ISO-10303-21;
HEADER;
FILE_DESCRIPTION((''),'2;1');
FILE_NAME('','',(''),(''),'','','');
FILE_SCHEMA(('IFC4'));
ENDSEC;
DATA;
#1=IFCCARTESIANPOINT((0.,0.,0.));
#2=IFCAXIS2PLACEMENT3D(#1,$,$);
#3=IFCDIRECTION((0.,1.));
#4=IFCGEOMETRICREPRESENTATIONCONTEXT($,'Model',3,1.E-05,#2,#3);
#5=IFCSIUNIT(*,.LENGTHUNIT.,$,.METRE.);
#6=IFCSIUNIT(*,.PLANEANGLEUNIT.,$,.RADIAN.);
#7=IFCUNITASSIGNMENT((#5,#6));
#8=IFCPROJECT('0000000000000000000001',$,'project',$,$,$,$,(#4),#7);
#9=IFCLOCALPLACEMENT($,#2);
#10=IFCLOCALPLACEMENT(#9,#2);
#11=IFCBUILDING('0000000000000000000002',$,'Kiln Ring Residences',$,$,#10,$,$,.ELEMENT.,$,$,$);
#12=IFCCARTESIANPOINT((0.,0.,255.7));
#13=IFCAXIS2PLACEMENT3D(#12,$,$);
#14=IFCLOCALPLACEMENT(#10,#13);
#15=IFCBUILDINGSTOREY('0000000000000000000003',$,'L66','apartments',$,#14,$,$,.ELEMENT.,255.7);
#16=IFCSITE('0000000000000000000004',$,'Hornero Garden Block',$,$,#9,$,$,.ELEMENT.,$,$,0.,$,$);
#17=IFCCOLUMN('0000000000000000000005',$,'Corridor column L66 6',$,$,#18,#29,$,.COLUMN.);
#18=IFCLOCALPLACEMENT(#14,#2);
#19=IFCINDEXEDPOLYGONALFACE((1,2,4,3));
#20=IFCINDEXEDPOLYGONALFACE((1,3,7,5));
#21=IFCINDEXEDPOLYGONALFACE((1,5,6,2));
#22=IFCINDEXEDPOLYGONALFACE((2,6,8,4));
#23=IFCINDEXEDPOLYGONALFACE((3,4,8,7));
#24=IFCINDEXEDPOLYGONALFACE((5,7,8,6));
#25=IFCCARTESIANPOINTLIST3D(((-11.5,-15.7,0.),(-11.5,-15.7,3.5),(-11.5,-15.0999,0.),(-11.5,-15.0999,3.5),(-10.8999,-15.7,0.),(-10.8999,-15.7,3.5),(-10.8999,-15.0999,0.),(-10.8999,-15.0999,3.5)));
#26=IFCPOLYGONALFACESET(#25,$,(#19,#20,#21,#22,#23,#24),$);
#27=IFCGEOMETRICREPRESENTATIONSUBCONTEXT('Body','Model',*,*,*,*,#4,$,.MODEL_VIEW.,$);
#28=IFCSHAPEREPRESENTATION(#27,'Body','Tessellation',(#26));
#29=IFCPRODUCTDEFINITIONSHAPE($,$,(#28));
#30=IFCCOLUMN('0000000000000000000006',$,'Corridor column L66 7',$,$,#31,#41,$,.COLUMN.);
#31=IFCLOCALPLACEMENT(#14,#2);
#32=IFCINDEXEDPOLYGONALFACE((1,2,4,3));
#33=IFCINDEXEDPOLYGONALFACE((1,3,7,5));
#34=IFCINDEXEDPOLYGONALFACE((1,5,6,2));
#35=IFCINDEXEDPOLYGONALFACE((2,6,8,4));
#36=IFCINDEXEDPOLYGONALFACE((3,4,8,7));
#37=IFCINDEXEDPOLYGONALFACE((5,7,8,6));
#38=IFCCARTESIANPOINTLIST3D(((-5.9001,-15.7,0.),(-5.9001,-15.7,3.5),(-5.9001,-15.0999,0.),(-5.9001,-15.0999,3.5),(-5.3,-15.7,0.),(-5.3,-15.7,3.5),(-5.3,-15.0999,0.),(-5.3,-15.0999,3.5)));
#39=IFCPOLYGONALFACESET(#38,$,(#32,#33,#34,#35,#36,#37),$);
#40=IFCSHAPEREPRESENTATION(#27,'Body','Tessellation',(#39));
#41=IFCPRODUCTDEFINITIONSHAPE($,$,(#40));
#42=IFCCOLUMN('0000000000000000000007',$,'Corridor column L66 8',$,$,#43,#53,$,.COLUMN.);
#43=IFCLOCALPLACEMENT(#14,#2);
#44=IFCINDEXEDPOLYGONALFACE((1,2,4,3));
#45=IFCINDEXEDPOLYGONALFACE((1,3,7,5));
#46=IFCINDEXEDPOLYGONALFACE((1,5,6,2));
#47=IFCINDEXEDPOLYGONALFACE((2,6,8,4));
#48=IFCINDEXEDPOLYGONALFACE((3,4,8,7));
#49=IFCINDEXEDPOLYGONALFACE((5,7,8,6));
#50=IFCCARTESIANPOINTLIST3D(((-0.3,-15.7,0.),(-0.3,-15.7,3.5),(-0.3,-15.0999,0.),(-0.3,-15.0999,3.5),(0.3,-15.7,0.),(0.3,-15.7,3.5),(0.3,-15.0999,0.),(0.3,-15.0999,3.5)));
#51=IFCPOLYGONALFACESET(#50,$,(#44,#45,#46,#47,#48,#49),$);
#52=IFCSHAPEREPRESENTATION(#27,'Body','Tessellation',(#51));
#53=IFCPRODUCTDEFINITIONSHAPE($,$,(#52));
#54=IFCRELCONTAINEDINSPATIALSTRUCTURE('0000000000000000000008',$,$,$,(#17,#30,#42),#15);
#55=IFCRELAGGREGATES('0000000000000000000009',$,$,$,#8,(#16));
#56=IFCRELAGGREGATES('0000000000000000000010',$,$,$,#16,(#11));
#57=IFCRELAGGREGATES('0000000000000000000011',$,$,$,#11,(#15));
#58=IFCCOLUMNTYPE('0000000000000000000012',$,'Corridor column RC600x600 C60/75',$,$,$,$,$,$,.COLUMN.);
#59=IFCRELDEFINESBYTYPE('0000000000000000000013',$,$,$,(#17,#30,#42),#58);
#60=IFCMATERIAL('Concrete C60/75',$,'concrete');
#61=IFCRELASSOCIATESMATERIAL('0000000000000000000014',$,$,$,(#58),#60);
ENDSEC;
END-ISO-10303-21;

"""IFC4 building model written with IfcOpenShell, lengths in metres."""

from ifc_helpers import new_model, si_unit, direction, frame, origin, origin_2d, place, context, subcontext, project, spatial, rectangle, extrude, material, material_profile, profile_set, type_object, element, save


model = new_model("IFC4")

# Units and contexts
model_context = context("Model", 3, precision=1e-05, world=origin(), true_north=direction((0.0, 1.0)))
body_context = subcontext(model_context, "Body", "Model", "MODEL_VIEW")
ifc_project = project(units=[si_unit("LENGTHUNIT", "METRE"), si_unit("PLANEANGLEUNIT", "RADIAN")], contexts=[model_context])

# Site, building, storey
site_placement = place(None, origin())
site = spatial("IfcSite", under=ifc_project, at=site_placement, Name="Hornero Garden Block", CompositionType="ELEMENT", RefElevation=0.0)
building_placement = place(site_placement, origin())
building = spatial("IfcBuilding", under=site, at=building_placement, Name="Kiln Ring Residences", CompositionType="ELEMENT")
storey_placement = place(building_placement, frame((0.0, 0.0, 255.7)))
storey = spatial("IfcBuildingStorey", under=building, at=storey_placement, Name="L66", Description="apartments", CompositionType="ELEMENT", Elevation=255.7)

# Columns
ifc_material_1 = material(Name="Concrete C60/75", Category="concrete")
ifc_material_profile = material_profile(ifc_material_1, rectangle(XDim=0.6001, YDim=0.6001, at=origin_2d()), Name="RC600x600")
ifc_profile_set = profile_set([ifc_material_profile], Name="Concrete C60/75")
column_type = type_object("IfcColumnType", Name="Corridor column RC600x600 C60/75", PredefinedType="COLUMN", material=ifc_profile_set)
for number, where, z_axis, x_axis, name in (
    (1, (-11.2, -15.3999, 0.0), (0.0, 0.0, 1.0), (1.0, 0.0, 0.0), "Corridor column L66 6"),
    (2, (-5.6001, -15.3999, 0.0), (0.0, 0.0, 1.0), (1.0, 0.0, 0.0), "Corridor column L66 7"),
    (3, (0.0, -15.3999, 0.0), (0.0, 0.0, 1.0), (1.0, 0.0, 0.0), "Corridor column L66 8"),
):
    element("IfcColumn", number, at=place(storey_placement, frame(where, z_axis=z_axis, x_axis=x_axis)), inside=storey, type_object=column_type, Name=name, PredefinedType="COLUMN", context=body_context, shape_type="SweptSolid", body=[
        extrude(rectangle(XDim=0.6001, YDim=0.6001, at=origin_2d()), origin(), (0.0, 0.0, 1.0), 3.5),
    ])

save(model, "model.ifc")
